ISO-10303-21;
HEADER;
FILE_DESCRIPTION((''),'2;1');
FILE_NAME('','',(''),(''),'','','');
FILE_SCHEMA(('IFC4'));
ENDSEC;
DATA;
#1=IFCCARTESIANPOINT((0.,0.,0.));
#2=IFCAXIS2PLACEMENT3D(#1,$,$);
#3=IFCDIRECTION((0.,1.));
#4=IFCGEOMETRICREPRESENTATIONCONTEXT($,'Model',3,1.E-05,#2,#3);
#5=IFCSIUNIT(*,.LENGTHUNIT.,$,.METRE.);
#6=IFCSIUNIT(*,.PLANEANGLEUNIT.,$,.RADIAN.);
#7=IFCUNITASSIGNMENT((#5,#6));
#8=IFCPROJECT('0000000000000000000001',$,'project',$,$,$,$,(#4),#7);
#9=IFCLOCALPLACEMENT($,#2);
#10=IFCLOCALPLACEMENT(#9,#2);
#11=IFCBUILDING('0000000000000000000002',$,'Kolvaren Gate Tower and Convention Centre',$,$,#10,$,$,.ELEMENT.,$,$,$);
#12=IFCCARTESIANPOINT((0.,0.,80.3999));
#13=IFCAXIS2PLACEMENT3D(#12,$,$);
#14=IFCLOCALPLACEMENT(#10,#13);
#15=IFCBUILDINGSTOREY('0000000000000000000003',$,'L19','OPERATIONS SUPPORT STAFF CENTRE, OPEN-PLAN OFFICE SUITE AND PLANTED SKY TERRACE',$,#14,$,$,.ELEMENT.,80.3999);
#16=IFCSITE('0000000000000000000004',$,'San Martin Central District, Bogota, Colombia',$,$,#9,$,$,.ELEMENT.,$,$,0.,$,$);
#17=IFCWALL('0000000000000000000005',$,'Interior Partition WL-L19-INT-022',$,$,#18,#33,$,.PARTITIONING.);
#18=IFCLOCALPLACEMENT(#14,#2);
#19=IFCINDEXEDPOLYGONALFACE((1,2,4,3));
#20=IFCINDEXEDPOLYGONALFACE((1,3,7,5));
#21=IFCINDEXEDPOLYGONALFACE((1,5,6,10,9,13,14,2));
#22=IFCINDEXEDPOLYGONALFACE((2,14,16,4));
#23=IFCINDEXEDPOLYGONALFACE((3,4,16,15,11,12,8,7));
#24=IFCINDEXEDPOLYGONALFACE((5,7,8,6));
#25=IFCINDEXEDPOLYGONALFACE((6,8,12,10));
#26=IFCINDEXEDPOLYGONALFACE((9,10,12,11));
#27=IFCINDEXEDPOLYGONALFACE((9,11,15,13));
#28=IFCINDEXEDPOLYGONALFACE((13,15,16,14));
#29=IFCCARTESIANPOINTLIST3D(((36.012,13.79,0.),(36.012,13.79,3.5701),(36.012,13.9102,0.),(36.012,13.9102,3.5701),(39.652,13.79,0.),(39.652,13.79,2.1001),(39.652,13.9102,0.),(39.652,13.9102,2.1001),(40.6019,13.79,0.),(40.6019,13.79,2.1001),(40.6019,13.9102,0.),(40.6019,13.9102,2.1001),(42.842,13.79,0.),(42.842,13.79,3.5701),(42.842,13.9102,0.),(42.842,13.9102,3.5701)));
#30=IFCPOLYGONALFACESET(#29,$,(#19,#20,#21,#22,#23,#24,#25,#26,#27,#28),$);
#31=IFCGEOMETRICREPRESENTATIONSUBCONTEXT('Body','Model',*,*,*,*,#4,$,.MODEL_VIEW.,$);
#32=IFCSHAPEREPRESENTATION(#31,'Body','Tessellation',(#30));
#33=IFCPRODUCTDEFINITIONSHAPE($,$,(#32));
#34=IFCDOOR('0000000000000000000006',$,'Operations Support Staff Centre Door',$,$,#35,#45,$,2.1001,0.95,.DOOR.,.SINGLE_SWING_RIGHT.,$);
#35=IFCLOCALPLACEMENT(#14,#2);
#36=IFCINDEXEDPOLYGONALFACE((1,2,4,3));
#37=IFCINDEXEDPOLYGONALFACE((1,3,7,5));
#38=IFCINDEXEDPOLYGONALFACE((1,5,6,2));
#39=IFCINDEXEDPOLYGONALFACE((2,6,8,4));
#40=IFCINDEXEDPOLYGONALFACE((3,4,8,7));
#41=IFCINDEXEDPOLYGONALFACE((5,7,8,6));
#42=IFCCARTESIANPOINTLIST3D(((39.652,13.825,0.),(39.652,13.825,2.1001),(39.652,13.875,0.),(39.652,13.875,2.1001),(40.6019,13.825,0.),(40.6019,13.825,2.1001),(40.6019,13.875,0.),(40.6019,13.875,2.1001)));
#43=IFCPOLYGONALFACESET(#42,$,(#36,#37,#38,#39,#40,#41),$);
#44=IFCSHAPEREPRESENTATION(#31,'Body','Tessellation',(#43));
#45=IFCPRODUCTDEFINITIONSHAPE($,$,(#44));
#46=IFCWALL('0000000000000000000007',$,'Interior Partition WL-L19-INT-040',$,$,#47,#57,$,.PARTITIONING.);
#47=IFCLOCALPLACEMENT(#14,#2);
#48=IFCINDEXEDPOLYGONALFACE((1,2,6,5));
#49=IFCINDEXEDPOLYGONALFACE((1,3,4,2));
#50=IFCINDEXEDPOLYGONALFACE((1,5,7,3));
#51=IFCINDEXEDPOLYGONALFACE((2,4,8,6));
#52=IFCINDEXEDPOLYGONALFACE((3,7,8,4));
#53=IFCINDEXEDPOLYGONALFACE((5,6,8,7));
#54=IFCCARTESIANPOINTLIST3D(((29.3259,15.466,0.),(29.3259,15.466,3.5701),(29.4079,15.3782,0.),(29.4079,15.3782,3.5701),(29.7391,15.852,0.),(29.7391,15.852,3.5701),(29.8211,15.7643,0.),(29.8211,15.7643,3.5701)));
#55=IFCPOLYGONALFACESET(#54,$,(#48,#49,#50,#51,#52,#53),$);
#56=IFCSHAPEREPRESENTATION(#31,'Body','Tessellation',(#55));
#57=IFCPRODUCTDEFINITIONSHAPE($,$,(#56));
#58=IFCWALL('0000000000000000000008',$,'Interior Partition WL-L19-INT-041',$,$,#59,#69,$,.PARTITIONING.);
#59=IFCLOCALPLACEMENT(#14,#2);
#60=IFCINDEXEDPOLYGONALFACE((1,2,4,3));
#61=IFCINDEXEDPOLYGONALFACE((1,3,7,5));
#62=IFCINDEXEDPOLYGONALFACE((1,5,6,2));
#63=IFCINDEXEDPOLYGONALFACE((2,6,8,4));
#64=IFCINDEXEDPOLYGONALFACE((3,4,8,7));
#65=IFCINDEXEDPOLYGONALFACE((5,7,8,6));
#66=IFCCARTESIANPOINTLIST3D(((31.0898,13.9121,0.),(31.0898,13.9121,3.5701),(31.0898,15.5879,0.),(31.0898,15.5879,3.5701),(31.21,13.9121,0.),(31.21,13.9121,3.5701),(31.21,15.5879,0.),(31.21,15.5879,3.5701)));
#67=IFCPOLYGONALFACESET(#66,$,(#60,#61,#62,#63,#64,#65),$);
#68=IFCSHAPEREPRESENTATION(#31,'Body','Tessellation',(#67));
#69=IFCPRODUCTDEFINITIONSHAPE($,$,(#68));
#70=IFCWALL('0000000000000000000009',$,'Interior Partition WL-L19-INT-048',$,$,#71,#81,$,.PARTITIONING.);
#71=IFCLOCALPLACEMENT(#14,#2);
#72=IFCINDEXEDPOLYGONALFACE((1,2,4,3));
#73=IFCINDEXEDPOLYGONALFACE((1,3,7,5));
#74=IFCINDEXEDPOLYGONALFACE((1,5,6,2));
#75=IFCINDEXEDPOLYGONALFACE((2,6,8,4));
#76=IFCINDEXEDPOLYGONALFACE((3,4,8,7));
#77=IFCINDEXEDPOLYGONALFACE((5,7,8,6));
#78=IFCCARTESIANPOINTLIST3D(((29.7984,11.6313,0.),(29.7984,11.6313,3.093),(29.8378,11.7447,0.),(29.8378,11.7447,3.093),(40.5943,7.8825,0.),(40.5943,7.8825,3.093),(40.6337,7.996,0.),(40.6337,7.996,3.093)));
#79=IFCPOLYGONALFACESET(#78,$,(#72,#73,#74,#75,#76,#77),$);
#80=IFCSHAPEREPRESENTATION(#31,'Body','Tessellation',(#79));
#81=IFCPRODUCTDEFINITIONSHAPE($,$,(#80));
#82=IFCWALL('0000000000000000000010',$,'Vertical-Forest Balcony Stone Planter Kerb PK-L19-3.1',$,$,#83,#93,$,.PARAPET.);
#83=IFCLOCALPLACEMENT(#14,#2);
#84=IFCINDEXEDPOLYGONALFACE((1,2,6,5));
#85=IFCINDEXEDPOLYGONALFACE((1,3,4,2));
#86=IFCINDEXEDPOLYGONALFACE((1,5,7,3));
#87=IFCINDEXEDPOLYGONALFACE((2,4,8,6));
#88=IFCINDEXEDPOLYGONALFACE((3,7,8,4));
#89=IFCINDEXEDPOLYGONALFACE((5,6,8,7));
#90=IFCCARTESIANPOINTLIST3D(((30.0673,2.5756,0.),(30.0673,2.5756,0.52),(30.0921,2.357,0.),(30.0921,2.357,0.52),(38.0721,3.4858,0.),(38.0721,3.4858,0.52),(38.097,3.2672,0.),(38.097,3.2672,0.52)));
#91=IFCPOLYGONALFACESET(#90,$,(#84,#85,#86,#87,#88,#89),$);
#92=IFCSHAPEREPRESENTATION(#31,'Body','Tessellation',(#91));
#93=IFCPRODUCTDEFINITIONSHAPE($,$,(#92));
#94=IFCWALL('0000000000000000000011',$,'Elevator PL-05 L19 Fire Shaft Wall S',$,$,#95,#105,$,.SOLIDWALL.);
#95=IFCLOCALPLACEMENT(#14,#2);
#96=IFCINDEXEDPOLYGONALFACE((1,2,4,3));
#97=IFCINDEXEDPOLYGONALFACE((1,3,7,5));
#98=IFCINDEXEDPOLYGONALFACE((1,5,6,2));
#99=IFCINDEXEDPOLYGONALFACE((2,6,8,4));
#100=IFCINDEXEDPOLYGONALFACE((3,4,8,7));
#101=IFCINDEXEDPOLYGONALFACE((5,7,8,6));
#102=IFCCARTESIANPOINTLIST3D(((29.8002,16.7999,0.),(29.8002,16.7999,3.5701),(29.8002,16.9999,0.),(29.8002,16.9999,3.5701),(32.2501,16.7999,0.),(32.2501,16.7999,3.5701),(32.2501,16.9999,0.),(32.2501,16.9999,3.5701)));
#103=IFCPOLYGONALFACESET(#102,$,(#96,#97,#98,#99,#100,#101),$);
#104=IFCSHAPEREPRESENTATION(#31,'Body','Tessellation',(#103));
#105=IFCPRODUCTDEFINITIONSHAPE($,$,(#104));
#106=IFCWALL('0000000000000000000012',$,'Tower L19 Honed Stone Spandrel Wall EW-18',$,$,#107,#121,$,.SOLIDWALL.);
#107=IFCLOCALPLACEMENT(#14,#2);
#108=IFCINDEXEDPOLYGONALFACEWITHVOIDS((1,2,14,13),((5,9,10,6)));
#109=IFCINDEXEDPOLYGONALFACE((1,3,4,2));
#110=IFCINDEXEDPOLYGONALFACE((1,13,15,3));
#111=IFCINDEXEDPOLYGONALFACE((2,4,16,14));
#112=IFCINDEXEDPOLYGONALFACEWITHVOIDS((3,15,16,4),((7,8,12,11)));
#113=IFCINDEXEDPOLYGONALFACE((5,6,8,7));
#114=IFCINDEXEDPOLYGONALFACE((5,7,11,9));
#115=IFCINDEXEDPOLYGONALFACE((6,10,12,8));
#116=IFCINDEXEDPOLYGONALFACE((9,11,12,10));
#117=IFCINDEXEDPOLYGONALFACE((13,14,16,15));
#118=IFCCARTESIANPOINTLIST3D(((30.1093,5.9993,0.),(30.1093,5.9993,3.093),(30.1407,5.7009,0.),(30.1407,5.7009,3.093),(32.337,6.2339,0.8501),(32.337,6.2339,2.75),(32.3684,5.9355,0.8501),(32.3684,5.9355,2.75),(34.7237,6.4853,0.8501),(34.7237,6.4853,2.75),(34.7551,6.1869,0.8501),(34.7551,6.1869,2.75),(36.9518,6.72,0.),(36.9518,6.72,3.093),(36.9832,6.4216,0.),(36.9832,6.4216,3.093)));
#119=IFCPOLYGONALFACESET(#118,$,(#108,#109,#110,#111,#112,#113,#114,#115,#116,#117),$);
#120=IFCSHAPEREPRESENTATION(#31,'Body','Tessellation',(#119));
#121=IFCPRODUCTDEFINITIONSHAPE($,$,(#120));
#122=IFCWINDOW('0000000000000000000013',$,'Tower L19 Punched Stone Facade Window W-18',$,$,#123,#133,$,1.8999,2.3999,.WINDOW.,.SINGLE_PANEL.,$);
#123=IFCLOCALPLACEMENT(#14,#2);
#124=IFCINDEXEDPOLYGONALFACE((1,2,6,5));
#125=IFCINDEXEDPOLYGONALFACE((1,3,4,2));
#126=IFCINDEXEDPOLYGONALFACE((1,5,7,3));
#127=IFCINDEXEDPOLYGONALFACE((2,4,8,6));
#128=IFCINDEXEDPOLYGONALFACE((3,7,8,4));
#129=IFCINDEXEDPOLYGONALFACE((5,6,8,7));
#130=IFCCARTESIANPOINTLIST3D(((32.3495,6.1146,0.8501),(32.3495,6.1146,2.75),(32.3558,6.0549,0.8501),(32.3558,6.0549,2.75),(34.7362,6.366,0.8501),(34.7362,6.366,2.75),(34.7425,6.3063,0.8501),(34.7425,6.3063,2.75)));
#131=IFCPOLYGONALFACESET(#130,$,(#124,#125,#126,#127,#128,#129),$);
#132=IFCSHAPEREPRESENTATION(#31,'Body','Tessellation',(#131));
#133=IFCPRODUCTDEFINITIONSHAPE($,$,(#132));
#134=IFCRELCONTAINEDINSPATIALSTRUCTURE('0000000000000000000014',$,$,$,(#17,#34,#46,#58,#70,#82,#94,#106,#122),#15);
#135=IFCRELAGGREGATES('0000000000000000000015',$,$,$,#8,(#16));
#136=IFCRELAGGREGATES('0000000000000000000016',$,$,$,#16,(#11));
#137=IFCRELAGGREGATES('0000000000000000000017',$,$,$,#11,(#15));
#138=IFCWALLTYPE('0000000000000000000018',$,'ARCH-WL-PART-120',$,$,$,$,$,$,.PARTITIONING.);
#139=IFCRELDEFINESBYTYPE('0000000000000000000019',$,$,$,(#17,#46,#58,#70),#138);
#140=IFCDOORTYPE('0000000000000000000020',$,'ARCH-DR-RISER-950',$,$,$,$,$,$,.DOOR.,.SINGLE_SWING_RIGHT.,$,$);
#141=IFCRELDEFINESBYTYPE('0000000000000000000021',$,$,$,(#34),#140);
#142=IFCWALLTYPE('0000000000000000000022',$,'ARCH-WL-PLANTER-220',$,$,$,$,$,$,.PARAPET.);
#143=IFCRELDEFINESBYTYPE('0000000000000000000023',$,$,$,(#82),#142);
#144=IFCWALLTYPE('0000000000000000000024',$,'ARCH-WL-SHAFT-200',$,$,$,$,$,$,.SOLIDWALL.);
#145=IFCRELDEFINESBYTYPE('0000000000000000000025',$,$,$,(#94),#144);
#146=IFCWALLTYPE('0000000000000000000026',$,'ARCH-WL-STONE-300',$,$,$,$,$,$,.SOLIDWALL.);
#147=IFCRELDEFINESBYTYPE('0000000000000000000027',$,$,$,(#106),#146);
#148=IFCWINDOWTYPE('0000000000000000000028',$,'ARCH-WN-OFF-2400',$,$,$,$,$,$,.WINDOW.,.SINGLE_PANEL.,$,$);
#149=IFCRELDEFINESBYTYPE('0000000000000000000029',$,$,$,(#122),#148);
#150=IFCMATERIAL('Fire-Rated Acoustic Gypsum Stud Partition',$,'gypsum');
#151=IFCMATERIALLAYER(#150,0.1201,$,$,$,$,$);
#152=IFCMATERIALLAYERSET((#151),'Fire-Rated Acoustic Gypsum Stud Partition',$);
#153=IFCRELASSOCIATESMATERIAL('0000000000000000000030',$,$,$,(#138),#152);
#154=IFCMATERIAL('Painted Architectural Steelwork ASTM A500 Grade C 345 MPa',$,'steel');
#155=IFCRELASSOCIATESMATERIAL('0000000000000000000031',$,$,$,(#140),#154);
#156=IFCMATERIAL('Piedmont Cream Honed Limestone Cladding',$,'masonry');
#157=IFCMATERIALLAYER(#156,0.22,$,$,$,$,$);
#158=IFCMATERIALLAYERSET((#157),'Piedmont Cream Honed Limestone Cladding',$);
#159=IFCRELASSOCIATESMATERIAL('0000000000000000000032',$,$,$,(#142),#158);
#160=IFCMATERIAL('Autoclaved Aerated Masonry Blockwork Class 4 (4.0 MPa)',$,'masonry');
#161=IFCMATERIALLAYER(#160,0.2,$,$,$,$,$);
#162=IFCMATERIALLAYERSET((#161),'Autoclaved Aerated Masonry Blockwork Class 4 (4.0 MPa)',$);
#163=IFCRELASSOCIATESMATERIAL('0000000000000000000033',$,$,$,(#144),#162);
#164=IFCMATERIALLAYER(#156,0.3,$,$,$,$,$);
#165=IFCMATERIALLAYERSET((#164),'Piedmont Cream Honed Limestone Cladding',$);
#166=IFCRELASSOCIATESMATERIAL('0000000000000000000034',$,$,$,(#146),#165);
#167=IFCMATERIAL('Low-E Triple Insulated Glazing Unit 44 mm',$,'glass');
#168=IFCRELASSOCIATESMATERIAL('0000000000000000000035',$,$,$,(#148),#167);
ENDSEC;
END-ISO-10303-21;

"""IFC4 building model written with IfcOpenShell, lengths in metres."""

from ifc_helpers import new_model, si_unit, direction, frame, frame_2d, origin, place, context, subcontext, project, spatial, rectangle, extrude, material, layer, layer_set, type_object, element, fill, save


model = new_model("IFC4")

# Units and contexts
model_context = context("Model", 3, precision=1e-05, world=origin(), true_north=direction((0.0, 1.0)))
body_context = subcontext(model_context, "Body", "Model", "MODEL_VIEW")
ifc_project = project(units=[si_unit("LENGTHUNIT", "METRE"), si_unit("PLANEANGLEUNIT", "RADIAN")], contexts=[model_context])

# Site, building, storey
site_placement = place(None, origin())
site = spatial("IfcSite", under=ifc_project, at=site_placement, Name="San Martin Central District, Bogota, Colombia", CompositionType="ELEMENT", RefElevation=0.0)
building_placement = place(site_placement, origin())
building = spatial("IfcBuilding", under=site, at=building_placement, Name="Kolvaren Gate Tower and Convention Centre", CompositionType="ELEMENT")
storey_placement = place(building_placement, frame((0.0, 0.0, 80.3999)))
storey = spatial("IfcBuildingStorey", under=building, at=storey_placement, Name="L19", Description="OPERATIONS SUPPORT STAFF CENTRE, OPEN-PLAN OFFICE SUITE AND PLANTED SKY TERRACE", CompositionType="ELEMENT", Elevation=80.3999)

# Shared definitions
ifc_material_1 = material(Name="Fire-Rated Acoustic Gypsum Stud Partition", Category="gypsum")
ifc_layer_1 = layer(ifc_material_1, 0.1201)
ifc_layer_set_1 = layer_set([ifc_layer_1], Name="Fire-Rated Acoustic Gypsum Stud Partition")
wall_type_1 = type_object("IfcWallType", Name="ARCH-WL-PART-120", PredefinedType="PARTITIONING", material=ifc_layer_set_1)

# Wall, opening, door
wall_1_placement = place(storey_placement, frame((36.012, 13.8501, 0.0), z_axis=(0.0, 0.0, 1.0), x_axis=(1.0, 0.0, 0.0)))
wall_1 = element("IfcWall", 1, at=wall_1_placement, inside=storey, type_object=wall_type_1, Name="Interior Partition WL-L19-INT-022", PredefinedType="PARTITIONING", context=body_context, shape_type="SweptSolid", body=[
    extrude(rectangle(XDim=6.8301, YDim=0.1201, at=frame_2d((3.415, 0.0))), origin(), (0.0, 0.0, 1.0), 3.5701),
])
opening_1_placement = place(wall_1_placement, frame((3.6399, 0.0, 0.0)))
opening_1 = element("IfcOpeningElement", 2, at=opening_1_placement, cuts=wall_1, PredefinedType="OPENING", context=body_context, shape_type="SweptSolid", body=[
    extrude(rectangle(XDim=0.95, YDim=2.1001, at=frame_2d((0.4751, 1.05))), frame((0.0, 0.0701, 0.0), z_axis=(0.0, -1.0, 0.0), x_axis=(1.0, 0.0, 0.0)), (0.0, 0.0, 1.0), 0.1401),
])
ifc_material_2 = material(Name="Painted Architectural Steelwork ASTM A500 Grade C 345 MPa", Category="steel")
door_type = type_object("IfcDoorType", Name="ARCH-DR-RISER-950", OperationType="SINGLE_SWING_RIGHT", PredefinedType="DOOR", material=ifc_material_2)
door_placement = place(opening_1_placement, origin())
door = element("IfcDoor", 3, at=door_placement, inside=storey, type_object=door_type, Name="Operations Support Staff Centre Door", OperationType="SINGLE_SWING_RIGHT", OverallHeight=2.1001, OverallWidth=0.95, PredefinedType="DOOR", context=body_context, shape_type="SweptSolid", body=[
    extrude(rectangle(XDim=0.95, YDim=2.1001, at=frame_2d((0.4751, 1.05))), frame((0.0, 0.0249, 0.0), z_axis=(0.0, -1.0, 0.0), x_axis=(1.0, 0.0, 0.0)), (0.0, 0.0, 1.0), 0.05),
])
fill(opening_1, door)

# Walls
wall_2_placement = place(storey_placement, frame((29.3669, 15.4221, 0.0), z_axis=(0.0, 0.0, 1.0), x_axis=(0.730667, 0.682734, 0.0)))
element("IfcWall", 4, at=wall_2_placement, inside=storey, type_object=wall_type_1, Name="Interior Partition WL-L19-INT-040", PredefinedType="PARTITIONING", context=body_context, shape_type="SweptSolid", body=[
    extrude(rectangle(XDim=0.5654, YDim=0.1201, at=frame_2d((0.2827, 0.0))), origin(), (0.0, 0.0, 1.0), 3.5701),
])
wall_3_placement = place(storey_placement, frame((31.1499, 13.9121, 0.0), z_axis=(0.0, 0.0, 1.0), x_axis=(0.0, 1.0, 0.0)))
element("IfcWall", 5, at=wall_3_placement, inside=storey, type_object=wall_type_1, Name="Interior Partition WL-L19-INT-041", PredefinedType="PARTITIONING", context=body_context, shape_type="SweptSolid", body=[
    extrude(rectangle(XDim=1.6758, YDim=0.1201, at=frame_2d((0.8379, 0.0))), origin(), (0.0, 0.0, 1.0), 3.5701),
])
wall_4_placement = place(storey_placement, frame((29.8181, 11.688, 0.0), z_axis=(0.0, 0.0, 1.0), x_axis=(0.944668, -0.328028, 0.0)))
element("IfcWall", 6, at=wall_4_placement, inside=storey, type_object=wall_type_1, Name="Interior Partition WL-L19-INT-048", PredefinedType="PARTITIONING", context=body_context, shape_type="SweptSolid", body=[
    extrude(rectangle(XDim=11.4282, YDim=0.1201, at=frame_2d((5.7141, 0.0))), origin(), (0.0, 0.0, 1.0), 3.093),
])
ifc_material_3 = material(Name="Piedmont Cream Honed Limestone Cladding", Category="masonry")
ifc_layer_2 = layer(ifc_material_3, 0.22)
ifc_layer_set_2 = layer_set([ifc_layer_2], Name="Piedmont Cream Honed Limestone Cladding")
wall_type_2 = type_object("IfcWallType", Name="ARCH-WL-PLANTER-220", PredefinedType="PARAPET", material=ifc_layer_set_2)
wall_5_placement = place(storey_placement, frame((30.0796, 2.4663, 0.0), z_axis=(0.0, 0.0, 1.0), x_axis=(0.993598, 0.112972, 0.0)))
element("IfcWall", 7, at=wall_5_placement, inside=storey, type_object=wall_type_2, Name="Vertical-Forest Balcony Stone Planter Kerb PK-L19-3.1", PredefinedType="PARAPET", context=body_context, shape_type="SweptSolid", body=[
    extrude(rectangle(XDim=8.0564, YDim=0.22, at=frame_2d((4.0283, 0.0))), origin(), (0.0, 0.0, 1.0), 0.52),
])
ifc_material_4 = material(Name="Autoclaved Aerated Masonry Blockwork Class 4 (4.0 MPa)", Category="masonry")
ifc_layer_3 = layer(ifc_material_4, 0.2)
ifc_layer_set_3 = layer_set([ifc_layer_3], Name="Autoclaved Aerated Masonry Blockwork Class 4 (4.0 MPa)")
wall_type_3 = type_object("IfcWallType", Name="ARCH-WL-SHAFT-200", PredefinedType="SOLIDWALL", material=ifc_layer_set_3)
wall_6_placement = place(storey_placement, frame((29.8, 16.8999, 0.0), z_axis=(0.0, 0.0, 1.0), x_axis=(1.0, 0.0, 0.0)))
element("IfcWall", 8, at=wall_6_placement, inside=storey, type_object=wall_type_3, Name="Elevator PL-05 L19 Fire Shaft Wall S", PredefinedType="SOLIDWALL", context=body_context, shape_type="SweptSolid", body=[
    extrude(rectangle(XDim=2.45, YDim=0.2, at=frame_2d((1.2251, 0.0))), origin(), (0.0, 0.0, 1.0), 3.5701),
])

# Wall, opening, window
ifc_layer_4 = layer(ifc_material_3, 0.3)
ifc_layer_set_4 = layer_set([ifc_layer_4], Name="Piedmont Cream Honed Limestone Cladding")
wall_type_4 = type_object("IfcWallType", Name="ARCH-WL-STONE-300", PredefinedType="SOLIDWALL", material=ifc_layer_set_4)
wall_7_placement = place(storey_placement, frame((30.125, 5.8501, 0.0), z_axis=(0.0, 0.0, 1.0), x_axis=(0.994499, 0.104748, 0.0)))
wall_7 = element("IfcWall", 9, at=wall_7_placement, inside=storey, type_object=wall_type_4, Name="Tower L19 Honed Stone Spandrel Wall EW-18", PredefinedType="SOLIDWALL", context=body_context, shape_type="SweptSolid", body=[
    extrude(rectangle(XDim=6.8804, YDim=0.3, at=frame_2d((3.4402, 0.0))), origin(), (0.0, 0.0, 1.0), 3.093),
])
opening_2_placement = place(wall_7_placement, frame((2.24, 0.0, 0.8501)))
opening_2 = element("IfcOpeningElement", 10, at=opening_2_placement, cuts=wall_7, PredefinedType="OPENING", context=body_context, shape_type="SweptSolid", body=[
    extrude(rectangle(XDim=2.3999, YDim=1.8999, at=frame_2d((1.2, 0.95))), frame((0.0, 0.1599, 0.0), z_axis=(0.0, -1.0, 0.0), x_axis=(1.0, 0.0, 0.0)), (0.0, 0.0, 1.0), 0.3201),
])
ifc_material_5 = material(Name="Low-E Triple Insulated Glazing Unit 44 mm", Category="glass")
window_type = type_object("IfcWindowType", Name="ARCH-WN-OFF-2400", PartitioningType="SINGLE_PANEL", PredefinedType="WINDOW", material=ifc_material_5)
window_placement = place(opening_2_placement, origin())
window = element("IfcWindow", 11, at=window_placement, inside=storey, type_object=window_type, Name="Tower L19 Punched Stone Facade Window W-18", OverallHeight=1.8999, OverallWidth=2.3999, PartitioningType="SINGLE_PANEL", PredefinedType="WINDOW", context=body_context, shape_type="SweptSolid", body=[
    extrude(rectangle(XDim=2.3999, YDim=1.8999, at=frame_2d((1.2, 0.95))), frame((0.0, 0.03, 0.0), z_axis=(0.0, -1.0, 0.0), x_axis=(1.0, 0.0, 0.0)), (0.0, 0.0, 1.0), 0.0601),
])
fill(opening_2, window)

save(model, "model.ifc")
